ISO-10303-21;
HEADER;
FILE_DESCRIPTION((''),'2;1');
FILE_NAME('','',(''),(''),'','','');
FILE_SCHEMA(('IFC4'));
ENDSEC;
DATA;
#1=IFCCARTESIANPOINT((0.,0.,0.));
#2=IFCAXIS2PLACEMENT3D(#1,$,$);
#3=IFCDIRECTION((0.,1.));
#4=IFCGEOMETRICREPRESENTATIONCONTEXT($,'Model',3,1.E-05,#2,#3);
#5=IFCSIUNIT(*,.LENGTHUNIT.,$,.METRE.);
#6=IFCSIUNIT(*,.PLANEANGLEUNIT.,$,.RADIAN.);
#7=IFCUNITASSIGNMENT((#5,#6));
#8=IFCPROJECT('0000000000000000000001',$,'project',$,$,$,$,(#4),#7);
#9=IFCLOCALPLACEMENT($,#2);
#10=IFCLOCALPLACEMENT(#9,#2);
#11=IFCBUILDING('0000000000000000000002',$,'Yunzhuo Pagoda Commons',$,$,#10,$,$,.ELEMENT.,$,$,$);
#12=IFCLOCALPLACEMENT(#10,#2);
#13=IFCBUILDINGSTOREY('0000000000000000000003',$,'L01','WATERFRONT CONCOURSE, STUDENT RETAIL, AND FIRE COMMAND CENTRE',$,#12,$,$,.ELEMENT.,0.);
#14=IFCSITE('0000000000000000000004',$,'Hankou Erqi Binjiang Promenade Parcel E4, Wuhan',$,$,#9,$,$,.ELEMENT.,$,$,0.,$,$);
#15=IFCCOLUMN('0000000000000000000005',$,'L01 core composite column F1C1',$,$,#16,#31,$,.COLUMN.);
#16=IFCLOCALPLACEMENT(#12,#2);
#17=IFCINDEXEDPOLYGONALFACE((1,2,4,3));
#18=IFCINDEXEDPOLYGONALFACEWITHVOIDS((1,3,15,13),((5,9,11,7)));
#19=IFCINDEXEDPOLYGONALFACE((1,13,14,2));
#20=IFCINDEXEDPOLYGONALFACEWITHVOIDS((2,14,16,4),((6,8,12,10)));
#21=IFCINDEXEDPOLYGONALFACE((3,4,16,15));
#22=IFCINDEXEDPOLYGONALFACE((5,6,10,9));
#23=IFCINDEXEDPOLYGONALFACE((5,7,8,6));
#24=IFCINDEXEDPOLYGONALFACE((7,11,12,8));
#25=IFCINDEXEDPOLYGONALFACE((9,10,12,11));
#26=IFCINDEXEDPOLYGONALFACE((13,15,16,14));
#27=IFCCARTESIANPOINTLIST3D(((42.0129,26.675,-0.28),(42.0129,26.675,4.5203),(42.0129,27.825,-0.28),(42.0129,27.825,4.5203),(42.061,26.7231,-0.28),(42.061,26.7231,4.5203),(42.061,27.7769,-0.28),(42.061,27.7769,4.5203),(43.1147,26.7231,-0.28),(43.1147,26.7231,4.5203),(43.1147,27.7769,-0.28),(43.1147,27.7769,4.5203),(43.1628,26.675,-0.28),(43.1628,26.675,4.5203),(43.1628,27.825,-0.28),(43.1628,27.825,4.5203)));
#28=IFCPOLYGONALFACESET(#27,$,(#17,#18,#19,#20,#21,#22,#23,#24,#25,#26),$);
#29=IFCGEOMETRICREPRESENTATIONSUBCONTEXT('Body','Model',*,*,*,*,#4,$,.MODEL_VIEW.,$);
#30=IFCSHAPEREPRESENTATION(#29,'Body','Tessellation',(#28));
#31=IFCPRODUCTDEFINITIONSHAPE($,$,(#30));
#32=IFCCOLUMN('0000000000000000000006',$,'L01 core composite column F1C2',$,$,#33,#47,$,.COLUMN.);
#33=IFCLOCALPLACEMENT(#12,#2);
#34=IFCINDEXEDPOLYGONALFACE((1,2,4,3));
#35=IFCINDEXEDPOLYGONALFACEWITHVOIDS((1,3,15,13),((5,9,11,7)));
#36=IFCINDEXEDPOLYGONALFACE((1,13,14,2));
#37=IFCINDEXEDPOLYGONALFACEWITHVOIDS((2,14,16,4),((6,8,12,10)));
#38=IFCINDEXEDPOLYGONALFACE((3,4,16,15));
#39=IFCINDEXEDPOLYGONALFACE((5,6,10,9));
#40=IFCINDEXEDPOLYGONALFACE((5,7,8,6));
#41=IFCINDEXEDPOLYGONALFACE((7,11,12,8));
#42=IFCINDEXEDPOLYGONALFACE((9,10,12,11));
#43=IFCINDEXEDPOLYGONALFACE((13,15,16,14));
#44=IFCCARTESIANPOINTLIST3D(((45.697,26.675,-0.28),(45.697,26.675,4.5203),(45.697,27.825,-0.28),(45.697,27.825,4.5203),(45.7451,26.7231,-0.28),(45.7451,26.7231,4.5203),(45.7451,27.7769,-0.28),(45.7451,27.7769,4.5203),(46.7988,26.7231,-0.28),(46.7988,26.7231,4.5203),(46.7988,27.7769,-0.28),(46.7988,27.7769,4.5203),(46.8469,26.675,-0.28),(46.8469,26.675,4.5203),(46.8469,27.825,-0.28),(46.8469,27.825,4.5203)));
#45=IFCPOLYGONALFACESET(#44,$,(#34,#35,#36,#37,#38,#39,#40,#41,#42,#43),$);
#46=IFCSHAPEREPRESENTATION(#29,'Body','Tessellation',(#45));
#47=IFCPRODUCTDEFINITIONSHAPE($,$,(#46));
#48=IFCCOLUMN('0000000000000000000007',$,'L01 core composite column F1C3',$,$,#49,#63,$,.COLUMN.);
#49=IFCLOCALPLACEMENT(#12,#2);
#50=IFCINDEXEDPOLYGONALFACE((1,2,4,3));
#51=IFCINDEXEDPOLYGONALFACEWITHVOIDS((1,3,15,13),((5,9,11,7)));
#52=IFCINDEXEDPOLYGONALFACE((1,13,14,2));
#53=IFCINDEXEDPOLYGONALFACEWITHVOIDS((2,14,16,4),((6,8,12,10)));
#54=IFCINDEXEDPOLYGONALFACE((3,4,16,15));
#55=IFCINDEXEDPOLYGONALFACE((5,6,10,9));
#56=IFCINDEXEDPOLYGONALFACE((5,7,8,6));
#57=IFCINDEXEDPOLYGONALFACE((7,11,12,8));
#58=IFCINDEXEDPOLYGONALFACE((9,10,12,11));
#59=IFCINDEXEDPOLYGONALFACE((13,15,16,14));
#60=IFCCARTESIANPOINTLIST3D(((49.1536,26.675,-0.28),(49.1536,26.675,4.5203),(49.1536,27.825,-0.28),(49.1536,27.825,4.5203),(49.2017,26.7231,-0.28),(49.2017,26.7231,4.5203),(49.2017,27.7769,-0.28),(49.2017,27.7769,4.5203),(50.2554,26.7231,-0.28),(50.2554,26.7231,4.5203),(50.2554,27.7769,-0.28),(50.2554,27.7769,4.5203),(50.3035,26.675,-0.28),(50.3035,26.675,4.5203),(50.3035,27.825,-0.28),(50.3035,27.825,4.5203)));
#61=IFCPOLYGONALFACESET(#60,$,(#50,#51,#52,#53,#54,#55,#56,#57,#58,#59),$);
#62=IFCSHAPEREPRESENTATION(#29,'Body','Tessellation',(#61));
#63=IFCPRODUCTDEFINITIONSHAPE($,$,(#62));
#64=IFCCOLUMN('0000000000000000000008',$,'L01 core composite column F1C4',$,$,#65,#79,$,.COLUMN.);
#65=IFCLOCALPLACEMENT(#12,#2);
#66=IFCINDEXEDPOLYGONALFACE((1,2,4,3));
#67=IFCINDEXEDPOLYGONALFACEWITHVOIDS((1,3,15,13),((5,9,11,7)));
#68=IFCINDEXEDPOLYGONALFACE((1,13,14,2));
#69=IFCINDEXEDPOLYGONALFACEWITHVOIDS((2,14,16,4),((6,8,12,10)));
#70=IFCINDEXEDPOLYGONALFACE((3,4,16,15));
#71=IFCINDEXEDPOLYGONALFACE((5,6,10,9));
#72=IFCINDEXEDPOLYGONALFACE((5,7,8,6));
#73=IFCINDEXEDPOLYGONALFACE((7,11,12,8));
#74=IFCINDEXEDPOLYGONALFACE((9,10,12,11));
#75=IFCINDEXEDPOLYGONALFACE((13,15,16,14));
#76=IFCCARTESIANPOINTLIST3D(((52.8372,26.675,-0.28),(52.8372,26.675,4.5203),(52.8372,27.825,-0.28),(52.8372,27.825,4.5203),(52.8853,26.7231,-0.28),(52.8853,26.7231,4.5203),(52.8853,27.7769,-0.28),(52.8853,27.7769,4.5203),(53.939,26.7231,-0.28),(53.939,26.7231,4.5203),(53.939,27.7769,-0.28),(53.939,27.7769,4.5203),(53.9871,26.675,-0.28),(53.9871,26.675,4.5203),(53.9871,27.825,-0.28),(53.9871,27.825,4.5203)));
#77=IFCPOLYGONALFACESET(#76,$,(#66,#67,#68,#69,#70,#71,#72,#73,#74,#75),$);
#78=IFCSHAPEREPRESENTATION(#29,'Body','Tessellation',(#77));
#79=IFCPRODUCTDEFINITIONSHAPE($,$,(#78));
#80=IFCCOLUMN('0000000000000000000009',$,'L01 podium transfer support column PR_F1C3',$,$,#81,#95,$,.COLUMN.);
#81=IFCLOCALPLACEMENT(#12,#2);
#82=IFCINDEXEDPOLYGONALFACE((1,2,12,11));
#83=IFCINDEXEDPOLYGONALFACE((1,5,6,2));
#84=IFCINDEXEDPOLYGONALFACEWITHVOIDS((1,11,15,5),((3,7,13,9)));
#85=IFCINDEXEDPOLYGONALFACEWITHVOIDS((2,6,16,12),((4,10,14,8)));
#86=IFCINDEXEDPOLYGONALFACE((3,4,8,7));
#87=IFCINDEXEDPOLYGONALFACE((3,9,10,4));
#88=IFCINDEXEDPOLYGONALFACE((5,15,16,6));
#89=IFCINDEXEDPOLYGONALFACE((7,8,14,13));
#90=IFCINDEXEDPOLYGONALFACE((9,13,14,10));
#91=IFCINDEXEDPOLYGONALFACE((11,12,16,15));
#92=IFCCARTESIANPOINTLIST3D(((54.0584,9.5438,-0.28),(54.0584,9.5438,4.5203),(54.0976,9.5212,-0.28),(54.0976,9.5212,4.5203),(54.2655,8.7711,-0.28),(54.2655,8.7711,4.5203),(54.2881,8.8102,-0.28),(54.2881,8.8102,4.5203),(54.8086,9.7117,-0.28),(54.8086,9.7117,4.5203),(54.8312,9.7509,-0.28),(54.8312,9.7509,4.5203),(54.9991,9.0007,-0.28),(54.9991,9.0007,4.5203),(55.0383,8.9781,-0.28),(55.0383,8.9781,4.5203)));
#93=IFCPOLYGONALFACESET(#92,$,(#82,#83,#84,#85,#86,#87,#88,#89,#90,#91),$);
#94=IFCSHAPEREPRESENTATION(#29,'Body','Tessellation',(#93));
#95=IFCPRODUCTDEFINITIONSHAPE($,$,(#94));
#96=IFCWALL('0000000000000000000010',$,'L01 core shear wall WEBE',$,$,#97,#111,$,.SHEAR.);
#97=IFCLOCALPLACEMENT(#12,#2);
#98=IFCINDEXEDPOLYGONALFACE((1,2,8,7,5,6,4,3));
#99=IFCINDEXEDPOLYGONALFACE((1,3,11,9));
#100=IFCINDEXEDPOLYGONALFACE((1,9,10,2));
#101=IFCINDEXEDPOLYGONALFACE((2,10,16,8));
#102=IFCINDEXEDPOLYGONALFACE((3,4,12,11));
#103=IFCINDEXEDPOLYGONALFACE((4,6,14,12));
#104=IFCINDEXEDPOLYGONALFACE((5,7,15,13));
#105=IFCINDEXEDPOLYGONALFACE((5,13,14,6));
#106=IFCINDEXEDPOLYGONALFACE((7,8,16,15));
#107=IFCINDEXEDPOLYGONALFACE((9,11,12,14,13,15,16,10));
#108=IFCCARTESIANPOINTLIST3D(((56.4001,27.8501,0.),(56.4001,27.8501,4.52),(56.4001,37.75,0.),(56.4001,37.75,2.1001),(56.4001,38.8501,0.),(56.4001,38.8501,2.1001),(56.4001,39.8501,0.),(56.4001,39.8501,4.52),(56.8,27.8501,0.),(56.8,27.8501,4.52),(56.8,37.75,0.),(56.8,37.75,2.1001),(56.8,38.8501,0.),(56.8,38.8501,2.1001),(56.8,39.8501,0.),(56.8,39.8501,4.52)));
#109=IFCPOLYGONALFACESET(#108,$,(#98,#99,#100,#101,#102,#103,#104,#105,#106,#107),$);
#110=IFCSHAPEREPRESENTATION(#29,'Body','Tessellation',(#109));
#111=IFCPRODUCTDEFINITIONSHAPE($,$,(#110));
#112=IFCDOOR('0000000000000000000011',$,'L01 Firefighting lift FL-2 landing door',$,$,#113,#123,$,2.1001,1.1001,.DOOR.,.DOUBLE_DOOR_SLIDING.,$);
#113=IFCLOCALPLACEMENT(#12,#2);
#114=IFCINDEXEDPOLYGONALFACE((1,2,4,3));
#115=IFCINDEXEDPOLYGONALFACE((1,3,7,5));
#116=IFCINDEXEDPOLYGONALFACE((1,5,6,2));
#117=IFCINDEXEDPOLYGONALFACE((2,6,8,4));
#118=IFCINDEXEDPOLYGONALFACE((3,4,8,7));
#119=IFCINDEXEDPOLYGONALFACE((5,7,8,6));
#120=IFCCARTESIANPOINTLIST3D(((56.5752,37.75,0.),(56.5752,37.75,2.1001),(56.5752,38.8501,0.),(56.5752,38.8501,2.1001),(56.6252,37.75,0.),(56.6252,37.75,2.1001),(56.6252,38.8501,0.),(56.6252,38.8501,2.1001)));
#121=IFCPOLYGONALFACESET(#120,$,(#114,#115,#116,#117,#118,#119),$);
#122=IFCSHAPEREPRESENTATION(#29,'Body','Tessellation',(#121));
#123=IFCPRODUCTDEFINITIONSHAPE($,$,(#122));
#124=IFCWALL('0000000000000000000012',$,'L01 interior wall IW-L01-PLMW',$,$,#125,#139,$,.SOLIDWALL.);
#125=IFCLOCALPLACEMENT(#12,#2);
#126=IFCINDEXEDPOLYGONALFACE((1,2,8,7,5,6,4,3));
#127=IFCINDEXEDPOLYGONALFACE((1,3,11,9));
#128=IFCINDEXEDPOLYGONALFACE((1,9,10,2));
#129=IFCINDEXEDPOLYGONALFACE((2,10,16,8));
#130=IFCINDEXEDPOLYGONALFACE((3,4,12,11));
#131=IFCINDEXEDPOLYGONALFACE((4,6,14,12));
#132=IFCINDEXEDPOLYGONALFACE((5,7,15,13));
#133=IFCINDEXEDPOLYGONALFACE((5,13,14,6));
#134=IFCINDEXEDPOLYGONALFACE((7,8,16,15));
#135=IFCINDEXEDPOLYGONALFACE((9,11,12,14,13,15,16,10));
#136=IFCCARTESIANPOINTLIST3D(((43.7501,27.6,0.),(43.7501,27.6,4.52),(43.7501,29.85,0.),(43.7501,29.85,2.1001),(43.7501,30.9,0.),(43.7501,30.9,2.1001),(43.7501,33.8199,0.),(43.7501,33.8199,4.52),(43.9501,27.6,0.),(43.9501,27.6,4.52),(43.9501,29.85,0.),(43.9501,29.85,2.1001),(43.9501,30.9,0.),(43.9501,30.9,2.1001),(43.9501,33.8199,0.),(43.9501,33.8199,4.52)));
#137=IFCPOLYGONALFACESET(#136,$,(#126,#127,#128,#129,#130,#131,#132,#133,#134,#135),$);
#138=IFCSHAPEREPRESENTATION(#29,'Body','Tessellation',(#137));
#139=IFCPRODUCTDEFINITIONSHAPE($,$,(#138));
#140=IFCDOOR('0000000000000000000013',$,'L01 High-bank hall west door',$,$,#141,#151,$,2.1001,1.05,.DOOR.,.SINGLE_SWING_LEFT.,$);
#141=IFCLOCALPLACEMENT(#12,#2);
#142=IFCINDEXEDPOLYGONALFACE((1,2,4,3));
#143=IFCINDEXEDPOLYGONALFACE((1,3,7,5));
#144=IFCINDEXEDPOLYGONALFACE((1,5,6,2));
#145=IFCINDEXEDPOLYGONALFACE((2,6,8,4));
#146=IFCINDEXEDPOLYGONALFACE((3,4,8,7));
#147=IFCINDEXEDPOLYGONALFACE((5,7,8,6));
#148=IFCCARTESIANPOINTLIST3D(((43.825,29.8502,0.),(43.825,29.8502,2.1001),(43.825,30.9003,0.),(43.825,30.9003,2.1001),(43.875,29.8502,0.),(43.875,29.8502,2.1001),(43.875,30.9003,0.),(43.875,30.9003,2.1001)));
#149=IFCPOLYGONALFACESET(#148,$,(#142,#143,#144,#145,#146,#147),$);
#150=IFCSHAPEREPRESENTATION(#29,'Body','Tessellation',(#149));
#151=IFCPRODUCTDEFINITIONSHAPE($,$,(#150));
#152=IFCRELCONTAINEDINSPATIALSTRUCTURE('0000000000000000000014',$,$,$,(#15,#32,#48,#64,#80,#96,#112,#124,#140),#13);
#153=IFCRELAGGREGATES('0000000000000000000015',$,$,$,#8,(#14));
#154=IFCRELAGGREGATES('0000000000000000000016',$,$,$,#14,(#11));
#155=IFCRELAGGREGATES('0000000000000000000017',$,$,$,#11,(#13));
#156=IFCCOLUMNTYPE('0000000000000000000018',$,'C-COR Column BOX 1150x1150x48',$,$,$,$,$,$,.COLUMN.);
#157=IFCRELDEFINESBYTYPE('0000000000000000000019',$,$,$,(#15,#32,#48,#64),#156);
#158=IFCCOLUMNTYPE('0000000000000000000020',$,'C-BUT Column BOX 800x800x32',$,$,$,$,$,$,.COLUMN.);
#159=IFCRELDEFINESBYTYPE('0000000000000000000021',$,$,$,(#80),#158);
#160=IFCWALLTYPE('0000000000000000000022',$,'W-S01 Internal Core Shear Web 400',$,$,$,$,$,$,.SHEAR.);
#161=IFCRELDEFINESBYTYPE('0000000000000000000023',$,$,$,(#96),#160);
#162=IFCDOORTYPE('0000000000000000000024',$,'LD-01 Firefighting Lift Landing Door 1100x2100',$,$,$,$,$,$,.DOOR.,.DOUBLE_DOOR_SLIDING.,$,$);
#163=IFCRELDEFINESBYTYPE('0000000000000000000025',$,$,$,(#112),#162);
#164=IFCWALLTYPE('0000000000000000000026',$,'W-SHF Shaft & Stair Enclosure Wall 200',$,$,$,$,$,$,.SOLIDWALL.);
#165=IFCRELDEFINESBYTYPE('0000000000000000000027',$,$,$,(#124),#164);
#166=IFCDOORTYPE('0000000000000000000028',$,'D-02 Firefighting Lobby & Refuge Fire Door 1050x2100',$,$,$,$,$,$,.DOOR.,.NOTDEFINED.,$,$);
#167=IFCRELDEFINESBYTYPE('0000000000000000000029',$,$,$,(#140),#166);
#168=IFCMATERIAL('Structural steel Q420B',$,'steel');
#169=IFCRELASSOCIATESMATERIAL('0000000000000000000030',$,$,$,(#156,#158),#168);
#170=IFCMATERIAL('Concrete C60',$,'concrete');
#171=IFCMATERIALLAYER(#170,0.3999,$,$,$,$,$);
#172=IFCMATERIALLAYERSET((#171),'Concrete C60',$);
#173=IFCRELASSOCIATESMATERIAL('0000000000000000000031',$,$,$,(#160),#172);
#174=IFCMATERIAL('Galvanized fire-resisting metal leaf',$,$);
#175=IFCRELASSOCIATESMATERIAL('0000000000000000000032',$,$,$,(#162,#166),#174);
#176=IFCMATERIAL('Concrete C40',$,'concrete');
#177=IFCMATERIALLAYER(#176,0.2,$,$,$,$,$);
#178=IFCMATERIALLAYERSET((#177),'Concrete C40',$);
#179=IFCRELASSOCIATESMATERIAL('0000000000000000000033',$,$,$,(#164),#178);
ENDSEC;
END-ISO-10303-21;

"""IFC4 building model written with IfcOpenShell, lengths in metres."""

from ifc_helpers import new_model, si_unit, direction, frame, frame_2d, origin, origin_with_axes, origin_2d, place, context, subcontext, project, spatial, rectangle, hollow_rectangle, extrude, source, transform, mapped, material, layer, layer_set, material_profile, profile_set, type_object, element, fill, save


model = new_model("IFC4")

# Units and contexts
model_context = context("Model", 3, precision=1e-05, world=origin(), true_north=direction((0.0, 1.0)))
body_context = subcontext(model_context, "Body", "Model", "MODEL_VIEW")
ifc_project = project(units=[si_unit("LENGTHUNIT", "METRE"), si_unit("PLANEANGLEUNIT", "RADIAN")], contexts=[model_context])

# Site, building, storey
site_placement = place(None, origin())
site = spatial("IfcSite", under=ifc_project, at=site_placement, Name="Hankou Erqi Binjiang Promenade Parcel E4, Wuhan", CompositionType="ELEMENT", RefElevation=0.0)
building_placement = place(site_placement, origin())
building = spatial("IfcBuilding", under=site, at=building_placement, Name="Yunzhuo Pagoda Commons", CompositionType="ELEMENT")
storey_placement = place(building_placement, origin())
storey = spatial("IfcBuildingStorey", under=building, at=storey_placement, Name="L01", Description="WATERFRONT CONCOURSE, STUDENT RETAIL, AND FIRE COMMAND CENTRE", CompositionType="ELEMENT", Elevation=0.0)

# Columns
ifc_material_1 = material(Name="Structural steel Q420B", Category="steel")
ifc_material_profile_1 = material_profile(ifc_material_1, hollow_rectangle(XDim=1.1499, YDim=1.1499, WallThickness=0.0481, at=origin_2d()), Name="Structural steel Q420B")
ifc_profile_set_1 = profile_set([ifc_material_profile_1], Name="Structural steel Q420B")
column_type_1 = type_object("IfcColumnType", Name="C-COR Column BOX 1150x1150x48", PredefinedType="COLUMN", material=ifc_profile_set_1)
shared_shape_1 = source(origin(), body_context, "Body", "SweptSolid", [
    extrude(hollow_rectangle(XDim=1.1499, YDim=1.1499, WallThickness=0.0481, at=origin_2d()), origin(), (0.0, 0.0, 1.0), 4.8003),
])
for number, where, z_axis, x_axis, name in (
    (1, (42.5879, 27.25, -0.28), (0.0, 0.0, 1.0), (1.0, 0.0, 0.0), "L01 core composite column F1C1"),
    (2, (46.272, 27.25, -0.28), (0.0, 0.0, 1.0), (1.0, 0.0, 0.0), "L01 core composite column F1C2"),
    (3, (49.7285, 27.25, -0.28), (0.0, 0.0, 1.0), (1.0, 0.0, 0.0), "L01 core composite column F1C3"),
    (4, (53.4121, 27.25, -0.28), (0.0, 0.0, 1.0), (1.0, 0.0, 0.0), "L01 core composite column F1C4"),
):
    element("IfcColumn", number, at=place(storey_placement, frame(where, z_axis=z_axis, x_axis=x_axis)), inside=storey, type_object=column_type_1, Name=name, PredefinedType="COLUMN", context=body_context, shape_type="MappedRepresentation", body=[
        mapped(shared_shape_1, transform((0.0, 0.0, 0.0), scale=1.0)),
    ])
ifc_material_profile_2 = material_profile(ifc_material_1, hollow_rectangle(XDim=0.8, YDim=0.8, WallThickness=0.032, at=origin_2d()), Name="Structural steel Q420B")
ifc_profile_set_2 = profile_set([ifc_material_profile_2], Name="Structural steel Q420B")
column_type_2 = type_object("IfcColumnType", Name="C-BUT Column BOX 800x800x32", PredefinedType="COLUMN", material=ifc_profile_set_2)
shared_shape_2 = source(origin(), body_context, "Body", "SweptSolid", [
    extrude(hollow_rectangle(XDim=0.8, YDim=0.8, WallThickness=0.032, at=origin_2d()), origin(), (0.0, 0.0, 1.0), 4.8003),
])
column_placement = place(storey_placement, frame((54.5483, 9.261, -0.28), z_axis=(0.0, 0.0, 1.0), x_axis=(0.965926, 0.258819, 0.0)))
element("IfcColumn", 5, at=column_placement, inside=storey, type_object=column_type_2, Name="L01 podium transfer support column PR_F1C3", PredefinedType="COLUMN", context=body_context, shape_type="MappedRepresentation", body=[
    mapped(shared_shape_2, transform((0.0, 0.0, 0.0), scale=1.0)),
])

# Walls, openings, doors
ifc_material_2 = material(Name="Concrete C60", Category="concrete")
ifc_layer_1 = layer(ifc_material_2, 0.3999)
ifc_layer_set_1 = layer_set([ifc_layer_1], Name="Concrete C60")
wall_type_1 = type_object("IfcWallType", Name="W-S01 Internal Core Shear Web 400", PredefinedType="SHEAR", material=ifc_layer_set_1)
wall_1_placement = place(storey_placement, frame((56.6001, 27.8501, 0.0), z_axis=(0.0, 0.0, 1.0), x_axis=(0.0, 1.0, 0.0)))
wall_1 = element("IfcWall", 6, at=wall_1_placement, inside=storey, type_object=wall_type_1, Name="L01 core shear wall WEBE", PredefinedType="SHEAR", context=body_context, shape_type="SweptSolid", body=[
    extrude(rectangle(XDim=12.0, YDim=0.3999, at=frame_2d((6.0, 0.0))), origin(), (0.0, 0.0, 1.0), 4.52),
])
opening_1_placement = place(wall_1_placement, frame((9.8999, 0.0, 0.0)))
opening_1 = element("IfcOpeningElement", 7, at=opening_1_placement, cuts=wall_1, PredefinedType="OPENING", context=body_context, shape_type="SweptSolid", body=[
    extrude(rectangle(XDim=1.1001, YDim=2.1001, at=frame_2d((0.55, 1.05))), frame((0.0, 0.21, 0.0), z_axis=(0.0, -1.0, 0.0), x_axis=(1.0, 0.0, 0.0)), (0.0, 0.0, 1.0), 0.4199),
])
ifc_material_3 = material(Name="Galvanized fire-resisting metal leaf")
door_type_1 = type_object("IfcDoorType", Name="LD-01 Firefighting Lift Landing Door 1100x2100", OperationType="DOUBLE_DOOR_SLIDING", PredefinedType="DOOR", material=ifc_material_3)
shared_shape_3 = source(origin(), body_context, "Body", "SweptSolid", [
    extrude(rectangle(XDim=1.1001, YDim=2.1001, at=frame_2d((0.55, 1.05))), frame((0.0, 0.0249, 0.0), z_axis=(0.0, -1.0, 0.0), x_axis=(1.0, 0.0, 0.0)), (0.0, 0.0, 1.0), 0.05),
])
door_1_placement = place(opening_1_placement, origin_with_axes())
door_1 = element("IfcDoor", 8, at=door_1_placement, inside=storey, type_object=door_type_1, Name="L01 Firefighting lift FL-2 landing door", OperationType="DOUBLE_DOOR_SLIDING", OverallHeight=2.1001, OverallWidth=1.1001, PredefinedType="DOOR", context=body_context, shape_type="MappedRepresentation", body=[
    mapped(shared_shape_3, transform((0.0, 0.0, 0.0), scale=1.0)),
])
fill(opening_1, door_1)
ifc_material_4 = material(Name="Concrete C40", Category="concrete")
ifc_layer_2 = layer(ifc_material_4, 0.2)
ifc_layer_set_2 = layer_set([ifc_layer_2], Name="Concrete C40")
wall_type_2 = type_object("IfcWallType", Name="W-SHF Shaft & Stair Enclosure Wall 200", PredefinedType="SOLIDWALL", material=ifc_layer_set_2)
wall_2_placement = place(storey_placement, frame((43.8501, 27.6001, 0.0), z_axis=(0.0, 0.0, 1.0), x_axis=(0.0, 1.0, 0.0)))
wall_2 = element("IfcWall", 9, at=wall_2_placement, inside=storey, type_object=wall_type_2, Name="L01 interior wall IW-L01-PLMW", PredefinedType="SOLIDWALL", context=body_context, shape_type="SweptSolid", body=[
    extrude(rectangle(XDim=6.22, YDim=0.2, at=frame_2d((3.1099, 0.0))), origin(), (0.0, 0.0, 1.0), 4.52),
])
opening_2_placement = place(wall_2_placement, frame((2.25, 0.0, 0.0)))
opening_2 = element("IfcOpeningElement", 10, at=opening_2_placement, cuts=wall_2, PredefinedType="OPENING", context=body_context, shape_type="SweptSolid", body=[
    extrude(rectangle(XDim=1.05, YDim=2.1001, at=frame_2d((0.5249, 1.05))), frame((0.0, 0.1099, 0.0), z_axis=(0.0, -1.0, 0.0), x_axis=(1.0, 0.0, 0.0)), (0.0, 0.0, 1.0), 0.22),
])
door_type_2 = type_object("IfcDoorType", Name="D-02 Firefighting Lobby & Refuge Fire Door 1050x2100", OperationType="NOTDEFINED", PredefinedType="DOOR", material=ifc_material_3)
shared_shape_4 = source(origin(), body_context, "Body", "SweptSolid", [
    extrude(rectangle(XDim=1.05, YDim=2.1001, at=frame_2d((0.5249, 1.05))), frame((0.0, 0.0249, 0.0), z_axis=(0.0, -1.0, 0.0), x_axis=(1.0, 0.0, 0.0)), (0.0, 0.0, 1.0), 0.05),
])
door_2_placement = place(opening_2_placement, frame((1.05, 0.0, 0.0), z_axis=(0.0, 0.0, 1.0), x_axis=(-1.0, 0.0, 0.0)))
door_2 = element("IfcDoor", 11, at=door_2_placement, inside=storey, type_object=door_type_2, Name="L01 High-bank hall west door", OperationType="SINGLE_SWING_LEFT", OverallHeight=2.1001, OverallWidth=1.05, PredefinedType="DOOR", context=body_context, shape_type="MappedRepresentation", body=[
    mapped(shared_shape_4, transform((0.0, 0.0, 0.0), scale=1.0)),
])
fill(opening_2, door_2)

save(model, "model.ifc")
